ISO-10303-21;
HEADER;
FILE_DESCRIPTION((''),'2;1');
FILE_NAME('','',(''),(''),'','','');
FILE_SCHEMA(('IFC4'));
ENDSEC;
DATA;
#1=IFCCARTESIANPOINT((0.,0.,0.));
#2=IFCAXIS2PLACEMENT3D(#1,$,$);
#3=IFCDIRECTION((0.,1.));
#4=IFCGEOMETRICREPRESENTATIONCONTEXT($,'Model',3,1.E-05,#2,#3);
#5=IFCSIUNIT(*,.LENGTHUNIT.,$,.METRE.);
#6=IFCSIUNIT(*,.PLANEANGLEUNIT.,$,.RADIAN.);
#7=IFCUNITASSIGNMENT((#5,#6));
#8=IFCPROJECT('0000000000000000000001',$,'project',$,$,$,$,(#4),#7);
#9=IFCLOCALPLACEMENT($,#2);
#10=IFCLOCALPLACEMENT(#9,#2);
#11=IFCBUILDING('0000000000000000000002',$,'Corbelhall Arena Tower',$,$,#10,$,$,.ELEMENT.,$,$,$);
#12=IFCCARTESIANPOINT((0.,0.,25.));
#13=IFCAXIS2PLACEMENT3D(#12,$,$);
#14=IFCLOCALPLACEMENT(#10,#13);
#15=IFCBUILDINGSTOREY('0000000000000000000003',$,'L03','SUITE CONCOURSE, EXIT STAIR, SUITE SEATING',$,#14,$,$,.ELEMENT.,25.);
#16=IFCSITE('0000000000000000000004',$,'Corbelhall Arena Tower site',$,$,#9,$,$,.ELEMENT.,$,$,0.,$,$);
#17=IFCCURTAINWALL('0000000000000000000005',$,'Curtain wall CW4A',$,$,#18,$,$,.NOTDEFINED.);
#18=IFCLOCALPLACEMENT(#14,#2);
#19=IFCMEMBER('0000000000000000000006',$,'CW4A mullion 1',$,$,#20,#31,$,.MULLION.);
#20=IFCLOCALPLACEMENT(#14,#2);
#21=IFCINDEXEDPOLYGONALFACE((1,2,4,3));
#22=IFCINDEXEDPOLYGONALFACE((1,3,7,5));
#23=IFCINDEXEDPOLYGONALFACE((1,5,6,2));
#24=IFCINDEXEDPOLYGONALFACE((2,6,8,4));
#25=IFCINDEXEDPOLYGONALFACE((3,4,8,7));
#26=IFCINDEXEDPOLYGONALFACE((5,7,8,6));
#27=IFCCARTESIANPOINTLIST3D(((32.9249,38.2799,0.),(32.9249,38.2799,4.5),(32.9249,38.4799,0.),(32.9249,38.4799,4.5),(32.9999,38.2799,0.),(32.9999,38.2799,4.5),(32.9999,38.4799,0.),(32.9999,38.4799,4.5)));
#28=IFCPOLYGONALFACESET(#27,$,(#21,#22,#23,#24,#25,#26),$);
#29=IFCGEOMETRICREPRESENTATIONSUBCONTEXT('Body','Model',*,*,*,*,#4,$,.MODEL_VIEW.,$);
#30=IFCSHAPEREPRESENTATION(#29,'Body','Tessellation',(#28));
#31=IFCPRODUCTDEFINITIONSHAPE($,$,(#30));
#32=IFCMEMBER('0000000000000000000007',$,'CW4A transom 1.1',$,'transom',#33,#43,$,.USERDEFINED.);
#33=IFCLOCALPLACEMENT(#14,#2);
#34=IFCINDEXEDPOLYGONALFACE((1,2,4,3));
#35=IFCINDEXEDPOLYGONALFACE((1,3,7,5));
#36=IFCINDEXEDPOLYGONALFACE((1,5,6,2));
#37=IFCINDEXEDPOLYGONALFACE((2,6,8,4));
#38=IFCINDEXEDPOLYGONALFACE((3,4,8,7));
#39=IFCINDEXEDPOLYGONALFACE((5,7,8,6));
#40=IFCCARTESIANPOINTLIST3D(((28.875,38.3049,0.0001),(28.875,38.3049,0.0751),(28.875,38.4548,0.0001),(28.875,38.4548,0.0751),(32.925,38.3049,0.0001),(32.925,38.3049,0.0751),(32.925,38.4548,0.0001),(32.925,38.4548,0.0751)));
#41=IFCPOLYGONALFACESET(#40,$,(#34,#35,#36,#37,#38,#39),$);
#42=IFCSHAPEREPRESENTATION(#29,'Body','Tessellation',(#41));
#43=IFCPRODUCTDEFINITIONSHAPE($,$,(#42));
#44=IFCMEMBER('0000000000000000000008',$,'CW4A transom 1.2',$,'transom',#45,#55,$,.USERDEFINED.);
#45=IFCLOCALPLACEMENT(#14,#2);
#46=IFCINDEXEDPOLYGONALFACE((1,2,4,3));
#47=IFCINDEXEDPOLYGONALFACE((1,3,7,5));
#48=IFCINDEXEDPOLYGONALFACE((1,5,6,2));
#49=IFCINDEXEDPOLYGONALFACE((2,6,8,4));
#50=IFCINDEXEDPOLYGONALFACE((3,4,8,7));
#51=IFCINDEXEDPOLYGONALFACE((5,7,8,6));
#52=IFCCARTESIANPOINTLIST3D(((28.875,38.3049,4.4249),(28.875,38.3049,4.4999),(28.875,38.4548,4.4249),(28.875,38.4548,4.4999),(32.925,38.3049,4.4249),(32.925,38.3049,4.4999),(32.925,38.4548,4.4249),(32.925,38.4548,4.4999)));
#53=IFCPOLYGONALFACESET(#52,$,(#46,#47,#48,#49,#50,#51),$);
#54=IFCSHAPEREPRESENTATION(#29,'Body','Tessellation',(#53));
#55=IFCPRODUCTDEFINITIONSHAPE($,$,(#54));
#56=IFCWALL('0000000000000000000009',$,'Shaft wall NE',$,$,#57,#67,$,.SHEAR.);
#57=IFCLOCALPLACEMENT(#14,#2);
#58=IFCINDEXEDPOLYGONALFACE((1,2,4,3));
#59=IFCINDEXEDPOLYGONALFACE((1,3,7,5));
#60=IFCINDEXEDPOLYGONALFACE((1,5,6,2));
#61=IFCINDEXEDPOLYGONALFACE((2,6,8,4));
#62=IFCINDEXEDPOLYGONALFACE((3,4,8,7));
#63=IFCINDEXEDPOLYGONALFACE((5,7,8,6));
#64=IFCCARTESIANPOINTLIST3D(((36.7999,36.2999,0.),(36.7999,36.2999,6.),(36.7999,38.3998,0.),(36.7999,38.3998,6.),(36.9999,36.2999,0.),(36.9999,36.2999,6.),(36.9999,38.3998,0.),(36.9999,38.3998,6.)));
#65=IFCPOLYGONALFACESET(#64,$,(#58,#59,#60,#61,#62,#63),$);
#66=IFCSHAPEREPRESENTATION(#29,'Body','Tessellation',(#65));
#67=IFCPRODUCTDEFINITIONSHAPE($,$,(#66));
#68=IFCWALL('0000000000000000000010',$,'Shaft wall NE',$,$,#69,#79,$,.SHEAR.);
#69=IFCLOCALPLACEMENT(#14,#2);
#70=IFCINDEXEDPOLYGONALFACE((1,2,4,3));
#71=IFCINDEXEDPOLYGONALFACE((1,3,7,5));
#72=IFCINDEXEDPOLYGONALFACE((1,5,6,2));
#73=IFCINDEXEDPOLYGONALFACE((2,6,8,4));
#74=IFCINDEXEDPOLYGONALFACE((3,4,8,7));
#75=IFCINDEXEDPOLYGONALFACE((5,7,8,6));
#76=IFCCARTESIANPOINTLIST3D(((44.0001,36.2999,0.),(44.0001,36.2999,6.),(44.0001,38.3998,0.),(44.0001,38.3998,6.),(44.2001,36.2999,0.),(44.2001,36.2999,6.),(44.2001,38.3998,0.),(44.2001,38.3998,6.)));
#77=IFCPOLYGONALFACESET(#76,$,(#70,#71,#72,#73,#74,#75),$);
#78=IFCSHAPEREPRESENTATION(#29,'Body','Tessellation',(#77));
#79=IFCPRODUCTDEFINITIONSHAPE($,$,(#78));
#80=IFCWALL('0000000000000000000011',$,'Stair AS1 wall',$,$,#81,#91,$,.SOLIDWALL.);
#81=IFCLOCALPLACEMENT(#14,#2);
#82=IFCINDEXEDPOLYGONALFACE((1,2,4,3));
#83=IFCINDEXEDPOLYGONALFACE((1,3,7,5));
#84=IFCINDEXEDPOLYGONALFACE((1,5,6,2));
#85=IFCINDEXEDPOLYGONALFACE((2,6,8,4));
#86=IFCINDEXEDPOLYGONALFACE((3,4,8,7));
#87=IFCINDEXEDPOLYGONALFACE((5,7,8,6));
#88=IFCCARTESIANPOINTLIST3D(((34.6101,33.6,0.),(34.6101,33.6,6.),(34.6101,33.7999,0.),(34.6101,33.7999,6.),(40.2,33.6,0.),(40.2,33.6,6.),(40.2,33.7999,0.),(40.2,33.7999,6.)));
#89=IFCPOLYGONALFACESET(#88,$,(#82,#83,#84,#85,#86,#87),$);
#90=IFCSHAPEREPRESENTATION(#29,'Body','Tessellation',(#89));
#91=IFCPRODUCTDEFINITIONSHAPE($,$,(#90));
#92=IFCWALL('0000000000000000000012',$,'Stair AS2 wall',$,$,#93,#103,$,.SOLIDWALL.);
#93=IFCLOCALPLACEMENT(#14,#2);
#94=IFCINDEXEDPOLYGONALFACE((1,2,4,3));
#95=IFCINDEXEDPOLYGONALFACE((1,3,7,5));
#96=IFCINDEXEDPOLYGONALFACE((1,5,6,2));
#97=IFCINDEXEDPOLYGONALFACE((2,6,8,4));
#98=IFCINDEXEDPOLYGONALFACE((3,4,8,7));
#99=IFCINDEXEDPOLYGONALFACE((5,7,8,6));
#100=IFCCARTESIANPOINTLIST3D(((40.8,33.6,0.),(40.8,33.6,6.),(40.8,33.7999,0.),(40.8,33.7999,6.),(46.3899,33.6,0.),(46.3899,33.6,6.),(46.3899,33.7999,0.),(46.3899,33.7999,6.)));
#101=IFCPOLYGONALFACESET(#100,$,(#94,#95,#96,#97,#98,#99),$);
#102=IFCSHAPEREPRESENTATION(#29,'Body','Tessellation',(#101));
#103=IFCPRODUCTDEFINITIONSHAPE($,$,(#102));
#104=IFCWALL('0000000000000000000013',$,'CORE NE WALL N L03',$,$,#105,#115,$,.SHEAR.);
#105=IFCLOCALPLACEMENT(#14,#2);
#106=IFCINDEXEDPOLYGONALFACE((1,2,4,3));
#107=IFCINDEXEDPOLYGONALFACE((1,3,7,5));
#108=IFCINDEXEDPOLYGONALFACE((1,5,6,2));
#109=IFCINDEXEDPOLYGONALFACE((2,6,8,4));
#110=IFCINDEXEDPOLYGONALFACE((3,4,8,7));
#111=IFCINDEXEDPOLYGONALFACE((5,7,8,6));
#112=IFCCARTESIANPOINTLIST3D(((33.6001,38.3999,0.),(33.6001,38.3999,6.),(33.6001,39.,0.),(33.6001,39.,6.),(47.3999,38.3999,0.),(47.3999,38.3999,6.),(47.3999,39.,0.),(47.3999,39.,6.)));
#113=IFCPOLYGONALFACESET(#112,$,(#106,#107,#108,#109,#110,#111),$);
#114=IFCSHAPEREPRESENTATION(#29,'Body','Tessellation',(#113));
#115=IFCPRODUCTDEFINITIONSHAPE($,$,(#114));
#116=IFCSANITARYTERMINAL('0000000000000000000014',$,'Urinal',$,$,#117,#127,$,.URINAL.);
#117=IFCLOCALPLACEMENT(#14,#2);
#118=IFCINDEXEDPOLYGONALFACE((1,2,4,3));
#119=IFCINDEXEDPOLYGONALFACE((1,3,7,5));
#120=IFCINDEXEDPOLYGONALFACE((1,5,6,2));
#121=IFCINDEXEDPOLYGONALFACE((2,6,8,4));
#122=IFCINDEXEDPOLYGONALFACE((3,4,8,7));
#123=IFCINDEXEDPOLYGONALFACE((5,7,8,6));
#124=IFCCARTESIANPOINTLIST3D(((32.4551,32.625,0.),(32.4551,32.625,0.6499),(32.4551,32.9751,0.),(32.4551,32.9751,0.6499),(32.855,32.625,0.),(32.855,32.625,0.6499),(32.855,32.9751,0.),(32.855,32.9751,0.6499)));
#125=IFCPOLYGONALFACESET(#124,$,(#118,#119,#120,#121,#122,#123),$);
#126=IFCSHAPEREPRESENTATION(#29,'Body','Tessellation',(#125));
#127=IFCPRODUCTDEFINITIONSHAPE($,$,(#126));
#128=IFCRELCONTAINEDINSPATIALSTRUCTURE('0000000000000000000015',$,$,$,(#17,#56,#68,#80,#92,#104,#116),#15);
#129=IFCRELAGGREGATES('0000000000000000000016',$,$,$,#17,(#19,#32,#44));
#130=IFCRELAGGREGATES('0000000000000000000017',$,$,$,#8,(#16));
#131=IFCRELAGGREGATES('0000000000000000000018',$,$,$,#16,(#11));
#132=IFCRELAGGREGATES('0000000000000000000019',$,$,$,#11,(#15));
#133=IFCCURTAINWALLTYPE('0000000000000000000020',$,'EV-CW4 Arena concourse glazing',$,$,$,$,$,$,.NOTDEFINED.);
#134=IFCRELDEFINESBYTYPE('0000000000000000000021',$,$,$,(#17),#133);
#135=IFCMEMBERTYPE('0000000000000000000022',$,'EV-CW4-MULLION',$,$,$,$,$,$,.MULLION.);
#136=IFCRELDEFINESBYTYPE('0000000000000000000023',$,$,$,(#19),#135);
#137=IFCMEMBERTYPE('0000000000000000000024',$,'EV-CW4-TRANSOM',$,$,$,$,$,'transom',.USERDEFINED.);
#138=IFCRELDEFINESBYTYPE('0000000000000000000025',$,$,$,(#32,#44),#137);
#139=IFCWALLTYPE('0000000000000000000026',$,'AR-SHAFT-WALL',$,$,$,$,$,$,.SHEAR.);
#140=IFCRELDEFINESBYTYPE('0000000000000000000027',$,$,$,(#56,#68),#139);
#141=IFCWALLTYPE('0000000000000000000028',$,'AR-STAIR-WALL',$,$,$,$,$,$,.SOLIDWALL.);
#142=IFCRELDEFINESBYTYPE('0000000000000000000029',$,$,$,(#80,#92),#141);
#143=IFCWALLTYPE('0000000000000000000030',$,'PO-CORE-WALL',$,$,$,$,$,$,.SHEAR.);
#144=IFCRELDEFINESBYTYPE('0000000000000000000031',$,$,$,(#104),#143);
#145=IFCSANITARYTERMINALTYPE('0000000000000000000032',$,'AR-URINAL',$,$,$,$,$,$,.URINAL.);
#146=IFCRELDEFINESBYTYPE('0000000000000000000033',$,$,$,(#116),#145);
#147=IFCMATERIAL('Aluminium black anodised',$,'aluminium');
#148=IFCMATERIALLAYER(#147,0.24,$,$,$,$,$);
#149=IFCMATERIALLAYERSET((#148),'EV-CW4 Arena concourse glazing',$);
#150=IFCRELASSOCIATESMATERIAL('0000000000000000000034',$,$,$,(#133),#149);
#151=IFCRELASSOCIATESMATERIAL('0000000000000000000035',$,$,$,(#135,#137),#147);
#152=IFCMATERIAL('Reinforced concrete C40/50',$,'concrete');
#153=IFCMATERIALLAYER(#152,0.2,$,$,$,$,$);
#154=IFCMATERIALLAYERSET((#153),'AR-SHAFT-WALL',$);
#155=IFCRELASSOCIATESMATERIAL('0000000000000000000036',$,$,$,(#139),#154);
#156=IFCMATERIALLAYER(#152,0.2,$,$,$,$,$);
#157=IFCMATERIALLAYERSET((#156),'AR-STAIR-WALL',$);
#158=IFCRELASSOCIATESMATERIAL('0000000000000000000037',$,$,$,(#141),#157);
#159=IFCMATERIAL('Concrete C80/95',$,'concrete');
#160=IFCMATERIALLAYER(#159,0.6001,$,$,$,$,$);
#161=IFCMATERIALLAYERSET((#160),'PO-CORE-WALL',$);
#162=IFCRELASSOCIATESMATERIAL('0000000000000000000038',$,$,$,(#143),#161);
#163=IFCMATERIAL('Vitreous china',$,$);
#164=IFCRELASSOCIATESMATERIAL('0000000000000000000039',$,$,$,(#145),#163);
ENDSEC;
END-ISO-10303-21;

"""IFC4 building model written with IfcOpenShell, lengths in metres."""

from ifc_helpers import new_model, si_unit, direction, frame, frame_2d, origin, origin_2d, place, context, subcontext, project, spatial, rectangle, extrude, material, layer, layer_set, material_profile, profile_set, type_object, element, aggregate, save


model = new_model("IFC4")

# Units and contexts
model_context = context("Model", 3, precision=1e-05, world=origin(), true_north=direction((0.0, 1.0)))
body_context = subcontext(model_context, "Body", "Model", "MODEL_VIEW")
ifc_project = project(units=[si_unit("LENGTHUNIT", "METRE"), si_unit("PLANEANGLEUNIT", "RADIAN")], contexts=[model_context])

# Site, building, storey
site_placement = place(None, origin())
site = spatial("IfcSite", under=ifc_project, at=site_placement, Name="Corbelhall Arena Tower site", CompositionType="ELEMENT", RefElevation=0.0)
building_placement = place(site_placement, origin())
building = spatial("IfcBuilding", under=site, at=building_placement, Name="Corbelhall Arena Tower", CompositionType="ELEMENT")
storey_placement = place(building_placement, frame((0.0, 0.0, 25.0)))
storey = spatial("IfcBuildingStorey", under=building, at=storey_placement, Name="L03", Description="SUITE CONCOURSE, EXIT STAIR, SUITE SEATING", CompositionType="ELEMENT", Elevation=25.0)

# Curtain wall, members
ifc_material_1 = material(Name="Aluminium black anodised", Category="aluminium")
ifc_layer_1 = layer(ifc_material_1, 0.24)
ifc_layer_set_1 = layer_set([ifc_layer_1], Name="EV-CW4 Arena concourse glazing")
curtain_wall_type = type_object("IfcCurtainWallType", Name="EV-CW4 Arena concourse glazing", PredefinedType="NOTDEFINED", material=ifc_layer_set_1)
curtain_wall_placement = place(storey_placement, origin())
curtain_wall = element("IfcCurtainWall", 1, at=curtain_wall_placement, inside=storey, type_object=curtain_wall_type, Name="Curtain wall CW4A", PredefinedType="NOTDEFINED")
ifc_material_profile_1 = material_profile(ifc_material_1, rectangle(XDim=0.2, YDim=0.075, at=origin_2d()))
ifc_profile_set_1 = profile_set([ifc_material_profile_1], Name="Aluminium black anodised")
member_type_1 = type_object("IfcMemberType", Name="EV-CW4-MULLION", PredefinedType="MULLION", material=ifc_profile_set_1)
member_1_placement = place(storey_placement, frame((32.9624, 38.3799, 0.0), z_axis=(0.0, 0.0, 1.0), x_axis=(0.0, -1.0, 0.0)))
member_1 = element("IfcMember", 2, at=member_1_placement, type_object=member_type_1, Name="CW4A mullion 1", PredefinedType="MULLION", context=body_context, shape_type="SweptSolid", body=[
    extrude(rectangle(XDim=0.2, YDim=0.075, at=origin_2d()), origin(), (0.0, 0.0, 1.0), 4.5),
])
ifc_material_profile_2 = material_profile(ifc_material_1, rectangle(XDim=0.1499, YDim=0.075, at=origin_2d()))
ifc_profile_set_2 = profile_set([ifc_material_profile_2], Name="Aluminium black anodised")
member_type_2 = type_object("IfcMemberType", Name="EV-CW4-TRANSOM", ElementType="transom", PredefinedType="USERDEFINED", material=ifc_profile_set_2)
member_2_placement = place(storey_placement, frame((32.925, 38.3799, 0.0376), z_axis=(-1.0, 0.0, 0.0), x_axis=(0.0, -1.0, 0.0)))
member_2 = element("IfcMember", 3, at=member_2_placement, type_object=member_type_2, Name="CW4A transom 1.1", ObjectType="transom", PredefinedType="USERDEFINED", context=body_context, shape_type="SweptSolid", body=[
    extrude(rectangle(XDim=0.1499, YDim=0.075, at=origin_2d()), origin(), (0.0, 0.0, 1.0), 4.05),
])
member_3_placement = place(storey_placement, frame((32.925, 38.3799, 4.4624), z_axis=(-1.0, 0.0, 0.0), x_axis=(0.0, -1.0, 0.0)))
member_3 = element("IfcMember", 4, at=member_3_placement, type_object=member_type_2, Name="CW4A transom 1.2", ObjectType="transom", PredefinedType="USERDEFINED", context=body_context, shape_type="SweptSolid", body=[
    extrude(rectangle(XDim=0.1499, YDim=0.075, at=origin_2d()), origin(), (0.0, 0.0, 1.0), 4.05),
])
aggregate(curtain_wall, [member_1, member_2, member_3])

# Shared definitions
ifc_material_2 = material(Name="Reinforced concrete C40/50", Category="concrete")
ifc_layer_2 = layer(ifc_material_2, 0.2)
ifc_layer_set_2 = layer_set([ifc_layer_2], Name="AR-SHAFT-WALL")
wall_type_1 = type_object("IfcWallType", Name="AR-SHAFT-WALL", PredefinedType="SHEAR", material=ifc_layer_set_2)

# Walls
for number, where, z_axis, x_axis, name in (
    (5, (36.8999, 36.3, 0.0), (0.0, 0.0, 1.0), (0.0, 1.0, 0.0), "Shaft wall NE"),
    (6, (44.1001, 36.3, 0.0), (0.0, 0.0, 1.0), (0.0, 1.0, 0.0), "Shaft wall NE"),
):
    element("IfcWall", number, at=place(storey_placement, frame(where, z_axis=z_axis, x_axis=x_axis)), inside=storey, type_object=wall_type_1, Name=name, PredefinedType="SHEAR", context=body_context, shape_type="SweptSolid", body=[
        extrude(rectangle(XDim=2.0999, YDim=0.2, at=frame_2d((1.0498, 0.0))), origin(), (0.0, 0.0, 1.0), 6.0),
    ])
ifc_layer_3 = layer(ifc_material_2, 0.2)
ifc_layer_set_3 = layer_set([ifc_layer_3], Name="AR-STAIR-WALL")
wall_type_2 = type_object("IfcWallType", Name="AR-STAIR-WALL", PredefinedType="SOLIDWALL", material=ifc_layer_set_3)
for number, where, z_axis, x_axis, name in (
    (7, (34.6101, 33.7, 0.0), (0.0, 0.0, 1.0), (1.0, 0.0, 0.0), "Stair AS1 wall"),
    (8, (40.8, 33.7, 0.0), (0.0, 0.0, 1.0), (1.0, 0.0, 0.0), "Stair AS2 wall"),
):
    element("IfcWall", number, at=place(storey_placement, frame(where, z_axis=z_axis, x_axis=x_axis)), inside=storey, type_object=wall_type_2, Name=name, PredefinedType="SOLIDWALL", context=body_context, shape_type="SweptSolid", body=[
        extrude(rectangle(XDim=5.5898, YDim=0.2, at=frame_2d((2.7949, 0.0))), origin(), (0.0, 0.0, 1.0), 6.0),
    ])
ifc_material_3 = material(Name="Concrete C80/95", Category="concrete")
ifc_layer_4 = layer(ifc_material_3, 0.6001)
ifc_layer_set_4 = layer_set([ifc_layer_4], Name="PO-CORE-WALL")
wall_type_3 = type_object("IfcWallType", Name="PO-CORE-WALL", PredefinedType="SHEAR", material=ifc_layer_set_4)
wall_1_placement = place(storey_placement, frame((33.6001, 38.7, 0.0), z_axis=(0.0, 0.0, 1.0), x_axis=(1.0, 0.0, 0.0)))
element("IfcWall", 9, at=wall_1_placement, inside=storey, type_object=wall_type_3, Name="CORE NE WALL N L03", PredefinedType="SHEAR", context=body_context, shape_type="SweptSolid", body=[
    extrude(rectangle(XDim=13.7998, YDim=0.6001, at=frame_2d((6.8999, 0.0))), origin(), (0.0, 0.0, 1.0), 6.0),
])

# Sanitary terminal
ifc_material_4 = material(Name="Vitreous china")
sanitary_terminal_type = type_object("IfcSanitaryTerminalType", Name="AR-URINAL", PredefinedType="URINAL", material=ifc_material_4)
sanitary_terminal_placement = place(storey_placement, frame((32.655, 32.8, 0.0), z_axis=(0.0, 0.0, 1.0), x_axis=(1.0, 0.0, 0.0)))
element("IfcSanitaryTerminal", 10, at=sanitary_terminal_placement, inside=storey, type_object=sanitary_terminal_type, Name="Urinal", PredefinedType="URINAL", context=body_context, shape_type="SweptSolid", body=[
    extrude(rectangle(XDim=0.3999, YDim=0.3501, at=origin_2d()), origin(), (0.0, 0.0, 1.0), 0.6499),
])

save(model, "model.ifc")
